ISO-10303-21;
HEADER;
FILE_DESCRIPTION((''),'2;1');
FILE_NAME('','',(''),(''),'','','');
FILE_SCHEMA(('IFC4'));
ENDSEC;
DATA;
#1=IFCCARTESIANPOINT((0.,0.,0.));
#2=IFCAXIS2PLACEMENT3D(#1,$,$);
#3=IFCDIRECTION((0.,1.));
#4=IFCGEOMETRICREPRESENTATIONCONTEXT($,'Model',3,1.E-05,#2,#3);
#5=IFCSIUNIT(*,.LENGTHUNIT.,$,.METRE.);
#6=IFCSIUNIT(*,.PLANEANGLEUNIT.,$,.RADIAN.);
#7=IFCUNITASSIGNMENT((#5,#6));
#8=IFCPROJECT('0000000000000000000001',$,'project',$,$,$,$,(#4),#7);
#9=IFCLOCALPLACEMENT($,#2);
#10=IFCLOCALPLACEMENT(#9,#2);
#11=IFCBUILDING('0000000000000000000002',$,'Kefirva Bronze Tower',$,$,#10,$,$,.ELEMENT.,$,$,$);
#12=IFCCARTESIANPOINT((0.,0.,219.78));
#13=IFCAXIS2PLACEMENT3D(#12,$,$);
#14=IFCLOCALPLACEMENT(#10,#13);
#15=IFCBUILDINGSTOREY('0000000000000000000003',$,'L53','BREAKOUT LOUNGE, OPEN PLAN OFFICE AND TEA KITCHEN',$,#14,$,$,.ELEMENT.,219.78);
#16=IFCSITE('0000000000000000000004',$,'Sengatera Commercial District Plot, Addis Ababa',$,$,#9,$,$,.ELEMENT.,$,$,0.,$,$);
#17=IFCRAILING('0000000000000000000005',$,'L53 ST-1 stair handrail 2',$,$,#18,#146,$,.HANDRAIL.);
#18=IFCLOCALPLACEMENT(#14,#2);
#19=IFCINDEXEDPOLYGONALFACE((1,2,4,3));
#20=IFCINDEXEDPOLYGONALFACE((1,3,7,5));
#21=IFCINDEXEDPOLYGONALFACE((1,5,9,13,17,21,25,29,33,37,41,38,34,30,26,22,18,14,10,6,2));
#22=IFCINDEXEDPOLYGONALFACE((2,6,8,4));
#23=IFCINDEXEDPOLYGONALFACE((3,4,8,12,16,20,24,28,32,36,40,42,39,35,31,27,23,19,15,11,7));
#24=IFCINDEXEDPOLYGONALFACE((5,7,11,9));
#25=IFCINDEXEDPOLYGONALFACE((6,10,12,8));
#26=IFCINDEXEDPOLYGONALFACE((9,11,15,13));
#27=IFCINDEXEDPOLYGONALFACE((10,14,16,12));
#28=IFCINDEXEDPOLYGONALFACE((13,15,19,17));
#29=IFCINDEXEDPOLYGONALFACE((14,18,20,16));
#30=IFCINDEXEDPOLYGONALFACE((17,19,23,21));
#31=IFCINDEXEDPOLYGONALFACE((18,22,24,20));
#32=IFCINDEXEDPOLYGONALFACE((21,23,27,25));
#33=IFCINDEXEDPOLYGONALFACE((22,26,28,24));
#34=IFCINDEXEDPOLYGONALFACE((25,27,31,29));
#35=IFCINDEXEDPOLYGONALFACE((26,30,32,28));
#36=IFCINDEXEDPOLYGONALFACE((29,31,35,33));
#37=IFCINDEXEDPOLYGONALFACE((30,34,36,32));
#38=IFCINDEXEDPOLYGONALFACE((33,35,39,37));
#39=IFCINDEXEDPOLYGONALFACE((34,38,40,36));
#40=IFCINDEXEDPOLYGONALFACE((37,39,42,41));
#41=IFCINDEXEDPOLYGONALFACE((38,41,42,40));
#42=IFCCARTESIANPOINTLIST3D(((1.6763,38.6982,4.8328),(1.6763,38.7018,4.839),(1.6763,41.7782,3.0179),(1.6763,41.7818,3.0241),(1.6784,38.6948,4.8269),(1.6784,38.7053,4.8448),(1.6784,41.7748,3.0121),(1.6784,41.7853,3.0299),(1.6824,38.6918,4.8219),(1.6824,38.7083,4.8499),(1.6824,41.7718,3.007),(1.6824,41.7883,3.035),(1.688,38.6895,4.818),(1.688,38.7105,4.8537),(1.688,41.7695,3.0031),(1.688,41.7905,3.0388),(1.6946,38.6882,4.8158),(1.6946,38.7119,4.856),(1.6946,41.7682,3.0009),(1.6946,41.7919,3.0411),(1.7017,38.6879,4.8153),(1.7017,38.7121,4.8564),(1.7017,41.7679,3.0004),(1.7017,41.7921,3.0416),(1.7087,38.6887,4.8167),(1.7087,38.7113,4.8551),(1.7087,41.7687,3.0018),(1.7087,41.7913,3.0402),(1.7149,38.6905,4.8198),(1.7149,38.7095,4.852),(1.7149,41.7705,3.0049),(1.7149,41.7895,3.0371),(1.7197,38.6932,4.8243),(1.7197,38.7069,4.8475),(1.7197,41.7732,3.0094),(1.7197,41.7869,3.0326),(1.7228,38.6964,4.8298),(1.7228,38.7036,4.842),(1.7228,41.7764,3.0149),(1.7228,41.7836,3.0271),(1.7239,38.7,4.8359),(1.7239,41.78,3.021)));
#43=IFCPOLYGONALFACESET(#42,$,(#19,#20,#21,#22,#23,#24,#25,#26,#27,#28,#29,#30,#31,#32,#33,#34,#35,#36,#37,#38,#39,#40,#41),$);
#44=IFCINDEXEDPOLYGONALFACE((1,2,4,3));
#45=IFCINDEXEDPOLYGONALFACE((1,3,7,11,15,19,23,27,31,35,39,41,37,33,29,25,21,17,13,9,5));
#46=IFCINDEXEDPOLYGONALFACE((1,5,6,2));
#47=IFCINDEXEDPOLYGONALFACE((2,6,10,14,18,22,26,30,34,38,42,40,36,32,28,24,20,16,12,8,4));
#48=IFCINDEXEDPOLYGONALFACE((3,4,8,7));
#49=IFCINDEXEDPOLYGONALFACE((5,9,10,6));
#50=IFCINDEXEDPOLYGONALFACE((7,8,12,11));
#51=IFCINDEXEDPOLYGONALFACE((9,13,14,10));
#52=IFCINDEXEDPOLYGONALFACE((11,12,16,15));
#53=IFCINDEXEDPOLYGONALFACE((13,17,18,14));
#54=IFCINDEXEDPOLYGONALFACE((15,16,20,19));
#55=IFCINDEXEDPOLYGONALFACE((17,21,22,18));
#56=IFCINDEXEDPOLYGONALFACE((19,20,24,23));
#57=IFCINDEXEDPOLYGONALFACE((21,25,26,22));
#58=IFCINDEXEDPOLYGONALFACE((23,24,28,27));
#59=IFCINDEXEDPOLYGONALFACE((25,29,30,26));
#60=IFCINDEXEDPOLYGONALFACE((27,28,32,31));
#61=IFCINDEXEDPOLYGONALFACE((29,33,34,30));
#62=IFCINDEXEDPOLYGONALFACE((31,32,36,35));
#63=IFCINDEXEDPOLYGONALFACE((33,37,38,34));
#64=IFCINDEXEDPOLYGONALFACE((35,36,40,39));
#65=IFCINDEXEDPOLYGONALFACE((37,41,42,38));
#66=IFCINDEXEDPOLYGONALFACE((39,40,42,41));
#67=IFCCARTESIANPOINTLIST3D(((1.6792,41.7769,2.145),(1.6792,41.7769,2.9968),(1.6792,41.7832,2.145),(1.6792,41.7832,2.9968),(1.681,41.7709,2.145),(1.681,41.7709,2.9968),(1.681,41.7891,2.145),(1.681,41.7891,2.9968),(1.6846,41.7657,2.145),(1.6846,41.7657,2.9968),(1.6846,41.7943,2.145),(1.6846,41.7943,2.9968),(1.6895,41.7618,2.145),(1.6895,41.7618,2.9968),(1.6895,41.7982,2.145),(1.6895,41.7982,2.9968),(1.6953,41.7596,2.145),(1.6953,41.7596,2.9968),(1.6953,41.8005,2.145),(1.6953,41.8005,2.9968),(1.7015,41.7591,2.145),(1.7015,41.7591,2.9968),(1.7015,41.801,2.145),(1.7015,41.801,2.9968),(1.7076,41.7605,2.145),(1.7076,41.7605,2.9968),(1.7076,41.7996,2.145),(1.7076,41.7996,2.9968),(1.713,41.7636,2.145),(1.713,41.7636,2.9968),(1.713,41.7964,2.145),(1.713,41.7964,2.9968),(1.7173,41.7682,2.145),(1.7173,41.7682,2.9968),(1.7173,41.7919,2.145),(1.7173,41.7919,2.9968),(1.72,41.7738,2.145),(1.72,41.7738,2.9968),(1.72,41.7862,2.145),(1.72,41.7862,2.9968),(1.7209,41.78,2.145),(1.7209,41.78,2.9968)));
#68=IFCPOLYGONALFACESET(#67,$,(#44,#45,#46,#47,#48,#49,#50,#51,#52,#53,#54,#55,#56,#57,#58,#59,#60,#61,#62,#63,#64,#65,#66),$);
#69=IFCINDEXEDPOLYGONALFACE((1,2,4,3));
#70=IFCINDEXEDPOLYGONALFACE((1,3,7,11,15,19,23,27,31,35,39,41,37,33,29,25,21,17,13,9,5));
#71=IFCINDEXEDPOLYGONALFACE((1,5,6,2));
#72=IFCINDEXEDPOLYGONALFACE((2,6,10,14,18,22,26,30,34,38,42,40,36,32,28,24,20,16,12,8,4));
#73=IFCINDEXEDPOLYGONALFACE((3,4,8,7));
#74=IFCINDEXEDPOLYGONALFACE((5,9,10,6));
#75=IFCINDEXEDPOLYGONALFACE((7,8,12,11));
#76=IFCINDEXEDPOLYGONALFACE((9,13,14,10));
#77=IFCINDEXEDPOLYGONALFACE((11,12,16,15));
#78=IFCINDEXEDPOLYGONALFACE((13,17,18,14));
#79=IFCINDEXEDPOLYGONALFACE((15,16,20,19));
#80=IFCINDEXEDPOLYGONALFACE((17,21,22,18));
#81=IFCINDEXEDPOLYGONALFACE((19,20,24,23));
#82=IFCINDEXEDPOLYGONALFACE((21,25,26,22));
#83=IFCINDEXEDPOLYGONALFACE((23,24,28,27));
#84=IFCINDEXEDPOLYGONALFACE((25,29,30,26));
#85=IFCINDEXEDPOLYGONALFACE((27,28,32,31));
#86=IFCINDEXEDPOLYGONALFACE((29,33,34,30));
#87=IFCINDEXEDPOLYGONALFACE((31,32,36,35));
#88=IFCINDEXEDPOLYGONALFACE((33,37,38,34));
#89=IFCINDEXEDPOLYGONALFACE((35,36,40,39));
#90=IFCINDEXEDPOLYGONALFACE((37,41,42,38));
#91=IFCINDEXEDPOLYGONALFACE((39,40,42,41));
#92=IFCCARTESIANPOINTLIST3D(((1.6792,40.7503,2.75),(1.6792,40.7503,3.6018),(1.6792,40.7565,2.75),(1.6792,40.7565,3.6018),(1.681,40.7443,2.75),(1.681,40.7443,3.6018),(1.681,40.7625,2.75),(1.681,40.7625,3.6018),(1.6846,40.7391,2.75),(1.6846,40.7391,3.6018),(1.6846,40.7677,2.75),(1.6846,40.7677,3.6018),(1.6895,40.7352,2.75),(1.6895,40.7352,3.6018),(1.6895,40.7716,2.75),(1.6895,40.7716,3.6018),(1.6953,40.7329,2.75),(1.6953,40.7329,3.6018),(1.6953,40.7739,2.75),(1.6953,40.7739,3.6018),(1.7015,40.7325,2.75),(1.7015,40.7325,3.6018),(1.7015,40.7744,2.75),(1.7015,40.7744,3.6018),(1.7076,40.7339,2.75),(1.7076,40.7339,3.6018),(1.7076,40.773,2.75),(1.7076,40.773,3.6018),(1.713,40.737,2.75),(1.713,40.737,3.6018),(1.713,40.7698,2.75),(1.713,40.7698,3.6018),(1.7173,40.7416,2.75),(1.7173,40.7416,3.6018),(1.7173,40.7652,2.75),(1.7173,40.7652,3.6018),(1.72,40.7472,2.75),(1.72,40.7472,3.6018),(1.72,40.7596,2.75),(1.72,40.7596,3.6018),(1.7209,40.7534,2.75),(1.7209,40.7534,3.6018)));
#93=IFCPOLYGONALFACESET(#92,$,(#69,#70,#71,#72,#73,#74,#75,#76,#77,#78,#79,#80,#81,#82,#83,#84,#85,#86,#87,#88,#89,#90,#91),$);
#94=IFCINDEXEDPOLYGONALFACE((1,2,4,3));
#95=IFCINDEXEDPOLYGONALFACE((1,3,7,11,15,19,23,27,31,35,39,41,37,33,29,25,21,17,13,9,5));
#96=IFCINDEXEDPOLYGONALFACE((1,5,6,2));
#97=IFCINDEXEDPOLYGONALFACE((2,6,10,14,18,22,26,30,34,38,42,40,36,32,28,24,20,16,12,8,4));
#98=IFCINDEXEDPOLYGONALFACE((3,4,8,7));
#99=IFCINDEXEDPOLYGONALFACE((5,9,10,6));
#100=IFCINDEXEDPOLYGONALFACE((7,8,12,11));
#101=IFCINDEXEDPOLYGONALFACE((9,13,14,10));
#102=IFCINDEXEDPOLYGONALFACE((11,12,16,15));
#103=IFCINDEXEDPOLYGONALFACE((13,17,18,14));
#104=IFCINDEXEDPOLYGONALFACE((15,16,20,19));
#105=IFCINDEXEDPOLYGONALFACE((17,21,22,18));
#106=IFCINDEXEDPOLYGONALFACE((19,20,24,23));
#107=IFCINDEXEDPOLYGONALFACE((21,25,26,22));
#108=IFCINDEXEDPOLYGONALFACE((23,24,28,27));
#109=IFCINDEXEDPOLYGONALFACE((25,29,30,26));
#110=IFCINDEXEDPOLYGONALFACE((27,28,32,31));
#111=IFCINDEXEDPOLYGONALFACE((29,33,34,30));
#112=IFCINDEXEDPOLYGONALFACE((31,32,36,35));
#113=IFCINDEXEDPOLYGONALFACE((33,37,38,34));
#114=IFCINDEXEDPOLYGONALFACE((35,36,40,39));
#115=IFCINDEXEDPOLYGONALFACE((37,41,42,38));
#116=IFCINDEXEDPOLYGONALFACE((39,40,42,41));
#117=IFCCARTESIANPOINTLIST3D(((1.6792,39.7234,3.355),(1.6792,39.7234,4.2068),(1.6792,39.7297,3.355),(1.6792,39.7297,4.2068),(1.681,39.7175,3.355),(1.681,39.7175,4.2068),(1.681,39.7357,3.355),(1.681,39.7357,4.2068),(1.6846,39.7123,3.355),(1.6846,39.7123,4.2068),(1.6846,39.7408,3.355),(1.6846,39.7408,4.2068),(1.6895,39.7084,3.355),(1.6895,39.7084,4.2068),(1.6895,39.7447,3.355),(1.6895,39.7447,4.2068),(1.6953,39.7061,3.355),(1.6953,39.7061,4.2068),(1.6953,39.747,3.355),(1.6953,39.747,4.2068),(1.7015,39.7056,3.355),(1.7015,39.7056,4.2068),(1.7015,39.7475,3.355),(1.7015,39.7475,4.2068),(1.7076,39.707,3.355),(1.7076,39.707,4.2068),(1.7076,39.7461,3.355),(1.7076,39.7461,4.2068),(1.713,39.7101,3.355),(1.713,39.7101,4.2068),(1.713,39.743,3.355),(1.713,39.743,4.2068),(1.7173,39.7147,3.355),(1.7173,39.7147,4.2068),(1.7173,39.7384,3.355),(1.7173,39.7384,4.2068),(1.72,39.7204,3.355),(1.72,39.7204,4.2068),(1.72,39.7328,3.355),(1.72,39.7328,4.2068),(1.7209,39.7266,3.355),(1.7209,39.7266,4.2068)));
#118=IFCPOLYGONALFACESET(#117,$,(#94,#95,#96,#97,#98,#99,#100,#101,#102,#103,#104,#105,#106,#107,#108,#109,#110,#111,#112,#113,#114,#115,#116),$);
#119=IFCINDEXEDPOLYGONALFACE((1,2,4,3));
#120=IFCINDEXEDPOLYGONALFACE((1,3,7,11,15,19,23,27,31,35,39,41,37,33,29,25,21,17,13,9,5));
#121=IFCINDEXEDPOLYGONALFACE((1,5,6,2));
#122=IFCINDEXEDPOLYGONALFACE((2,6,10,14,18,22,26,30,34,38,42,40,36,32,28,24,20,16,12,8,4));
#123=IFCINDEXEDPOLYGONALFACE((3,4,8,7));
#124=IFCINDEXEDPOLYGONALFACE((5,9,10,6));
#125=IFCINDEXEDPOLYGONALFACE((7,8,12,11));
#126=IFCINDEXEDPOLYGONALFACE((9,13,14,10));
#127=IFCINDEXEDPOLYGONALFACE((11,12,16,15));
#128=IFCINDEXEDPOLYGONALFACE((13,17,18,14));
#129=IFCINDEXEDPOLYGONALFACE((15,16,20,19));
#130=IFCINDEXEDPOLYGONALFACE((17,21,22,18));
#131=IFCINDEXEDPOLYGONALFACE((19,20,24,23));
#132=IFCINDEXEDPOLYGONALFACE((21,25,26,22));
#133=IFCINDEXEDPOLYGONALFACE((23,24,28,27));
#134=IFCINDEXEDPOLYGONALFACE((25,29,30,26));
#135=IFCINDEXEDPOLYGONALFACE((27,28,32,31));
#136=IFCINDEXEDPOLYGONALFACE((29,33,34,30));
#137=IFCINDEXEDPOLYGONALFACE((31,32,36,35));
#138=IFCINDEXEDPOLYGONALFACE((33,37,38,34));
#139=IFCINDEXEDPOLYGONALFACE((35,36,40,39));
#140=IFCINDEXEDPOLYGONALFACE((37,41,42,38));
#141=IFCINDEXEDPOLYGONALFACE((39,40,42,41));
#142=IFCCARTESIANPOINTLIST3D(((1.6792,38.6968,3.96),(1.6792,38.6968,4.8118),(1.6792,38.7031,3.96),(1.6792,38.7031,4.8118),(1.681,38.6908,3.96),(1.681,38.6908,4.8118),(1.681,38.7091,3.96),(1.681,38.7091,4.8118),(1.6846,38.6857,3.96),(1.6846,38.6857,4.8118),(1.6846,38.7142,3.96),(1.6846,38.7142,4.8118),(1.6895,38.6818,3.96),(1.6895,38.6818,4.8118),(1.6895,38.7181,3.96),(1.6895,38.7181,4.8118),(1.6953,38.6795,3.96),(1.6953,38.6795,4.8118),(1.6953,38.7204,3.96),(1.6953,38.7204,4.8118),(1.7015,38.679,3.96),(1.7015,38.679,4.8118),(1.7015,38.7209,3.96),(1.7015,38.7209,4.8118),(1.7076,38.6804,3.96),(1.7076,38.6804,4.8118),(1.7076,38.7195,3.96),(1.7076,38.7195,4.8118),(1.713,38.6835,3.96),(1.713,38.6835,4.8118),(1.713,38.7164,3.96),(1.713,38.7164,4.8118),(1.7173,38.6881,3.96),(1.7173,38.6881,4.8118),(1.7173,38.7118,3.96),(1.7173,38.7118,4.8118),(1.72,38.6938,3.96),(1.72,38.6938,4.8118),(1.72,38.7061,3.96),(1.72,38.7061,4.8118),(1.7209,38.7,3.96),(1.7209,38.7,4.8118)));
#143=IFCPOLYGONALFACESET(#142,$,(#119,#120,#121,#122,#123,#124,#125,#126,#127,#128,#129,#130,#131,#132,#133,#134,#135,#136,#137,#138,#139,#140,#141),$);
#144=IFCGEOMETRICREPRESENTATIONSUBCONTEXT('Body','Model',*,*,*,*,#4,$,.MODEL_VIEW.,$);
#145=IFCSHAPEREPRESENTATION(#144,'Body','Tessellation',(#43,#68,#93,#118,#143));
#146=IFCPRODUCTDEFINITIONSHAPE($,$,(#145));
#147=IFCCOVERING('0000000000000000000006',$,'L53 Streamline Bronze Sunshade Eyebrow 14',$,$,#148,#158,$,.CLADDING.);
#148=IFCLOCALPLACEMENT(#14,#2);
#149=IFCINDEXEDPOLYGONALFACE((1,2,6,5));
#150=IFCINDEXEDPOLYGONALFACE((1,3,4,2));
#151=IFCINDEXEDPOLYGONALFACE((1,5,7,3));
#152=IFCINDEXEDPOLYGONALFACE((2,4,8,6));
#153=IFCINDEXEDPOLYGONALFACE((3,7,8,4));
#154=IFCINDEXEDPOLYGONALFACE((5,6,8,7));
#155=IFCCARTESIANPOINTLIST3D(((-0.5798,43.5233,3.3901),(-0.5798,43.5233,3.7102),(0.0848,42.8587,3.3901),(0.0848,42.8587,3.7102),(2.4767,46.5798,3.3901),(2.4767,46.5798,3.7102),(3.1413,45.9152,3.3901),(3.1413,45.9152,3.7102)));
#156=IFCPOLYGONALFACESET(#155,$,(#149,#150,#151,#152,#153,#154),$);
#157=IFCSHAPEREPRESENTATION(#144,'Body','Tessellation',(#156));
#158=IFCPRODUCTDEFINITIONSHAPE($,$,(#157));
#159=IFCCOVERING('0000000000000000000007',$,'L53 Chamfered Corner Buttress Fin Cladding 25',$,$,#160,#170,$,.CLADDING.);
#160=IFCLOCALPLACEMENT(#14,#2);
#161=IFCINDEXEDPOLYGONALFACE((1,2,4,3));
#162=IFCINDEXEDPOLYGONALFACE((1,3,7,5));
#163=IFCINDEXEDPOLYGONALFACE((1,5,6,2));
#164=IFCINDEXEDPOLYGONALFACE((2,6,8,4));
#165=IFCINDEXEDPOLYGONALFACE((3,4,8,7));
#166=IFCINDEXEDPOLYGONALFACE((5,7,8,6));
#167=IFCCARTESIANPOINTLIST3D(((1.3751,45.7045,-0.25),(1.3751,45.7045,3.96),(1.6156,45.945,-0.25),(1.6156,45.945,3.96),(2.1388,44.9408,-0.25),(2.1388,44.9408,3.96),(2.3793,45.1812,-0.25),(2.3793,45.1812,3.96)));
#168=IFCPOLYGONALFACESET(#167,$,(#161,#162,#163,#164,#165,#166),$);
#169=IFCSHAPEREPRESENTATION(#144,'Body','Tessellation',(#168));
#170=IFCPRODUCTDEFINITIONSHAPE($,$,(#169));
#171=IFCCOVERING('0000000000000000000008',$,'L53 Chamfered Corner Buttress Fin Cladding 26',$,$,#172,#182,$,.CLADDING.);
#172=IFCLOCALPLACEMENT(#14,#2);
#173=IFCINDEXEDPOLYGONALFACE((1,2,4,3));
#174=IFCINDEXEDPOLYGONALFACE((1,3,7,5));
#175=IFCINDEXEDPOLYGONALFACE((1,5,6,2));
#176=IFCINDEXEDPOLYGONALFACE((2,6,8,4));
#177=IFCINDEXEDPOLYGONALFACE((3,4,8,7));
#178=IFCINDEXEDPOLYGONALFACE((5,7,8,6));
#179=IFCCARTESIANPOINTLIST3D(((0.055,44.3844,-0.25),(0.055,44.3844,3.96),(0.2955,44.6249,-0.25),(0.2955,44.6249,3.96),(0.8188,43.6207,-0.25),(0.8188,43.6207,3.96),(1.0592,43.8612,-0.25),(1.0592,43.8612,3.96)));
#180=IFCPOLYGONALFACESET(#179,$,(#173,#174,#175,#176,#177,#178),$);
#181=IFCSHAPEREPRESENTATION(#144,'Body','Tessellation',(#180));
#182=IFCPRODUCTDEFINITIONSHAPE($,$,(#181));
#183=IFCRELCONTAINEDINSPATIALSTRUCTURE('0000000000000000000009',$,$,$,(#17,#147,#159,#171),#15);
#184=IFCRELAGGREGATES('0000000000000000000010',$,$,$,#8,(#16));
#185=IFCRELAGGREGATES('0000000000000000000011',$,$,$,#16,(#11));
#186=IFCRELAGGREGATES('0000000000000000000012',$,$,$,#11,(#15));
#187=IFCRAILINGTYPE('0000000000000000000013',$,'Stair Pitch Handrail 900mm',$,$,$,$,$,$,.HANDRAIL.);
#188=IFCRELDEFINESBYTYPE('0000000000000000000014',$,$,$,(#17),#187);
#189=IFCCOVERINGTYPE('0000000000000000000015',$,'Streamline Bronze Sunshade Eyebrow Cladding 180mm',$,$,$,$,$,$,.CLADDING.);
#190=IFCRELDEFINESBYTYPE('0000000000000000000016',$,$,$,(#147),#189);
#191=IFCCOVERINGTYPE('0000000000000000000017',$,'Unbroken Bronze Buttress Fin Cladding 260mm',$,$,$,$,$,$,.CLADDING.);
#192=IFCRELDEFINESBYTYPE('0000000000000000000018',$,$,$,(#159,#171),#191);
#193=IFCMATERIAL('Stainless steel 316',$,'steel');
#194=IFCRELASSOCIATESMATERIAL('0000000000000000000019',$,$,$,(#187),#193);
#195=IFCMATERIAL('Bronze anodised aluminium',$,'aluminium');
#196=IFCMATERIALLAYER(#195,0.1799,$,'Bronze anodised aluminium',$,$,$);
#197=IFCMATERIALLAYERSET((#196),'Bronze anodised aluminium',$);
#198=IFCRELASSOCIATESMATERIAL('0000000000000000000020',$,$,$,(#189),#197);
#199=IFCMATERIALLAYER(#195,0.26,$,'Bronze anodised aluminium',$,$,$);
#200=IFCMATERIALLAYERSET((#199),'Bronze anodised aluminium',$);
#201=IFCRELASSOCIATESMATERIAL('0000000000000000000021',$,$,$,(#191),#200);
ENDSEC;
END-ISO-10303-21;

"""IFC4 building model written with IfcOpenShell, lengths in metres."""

from ifc_helpers import new_model, si_unit, direction, frame, origin, origin_2d, place, context, subcontext, project, spatial, rectangle, circle, extrude, material, layer, layer_set, type_object, element, save


model = new_model("IFC4")

# Units and contexts
model_context = context("Model", 3, precision=1e-05, world=origin(), true_north=direction((0.0, 1.0)))
body_context = subcontext(model_context, "Body", "Model", "MODEL_VIEW")
ifc_project = project(units=[si_unit("LENGTHUNIT", "METRE"), si_unit("PLANEANGLEUNIT", "RADIAN")], contexts=[model_context])

# Site, building, storey
site_placement = place(None, origin())
site = spatial("IfcSite", under=ifc_project, at=site_placement, Name="Sengatera Commercial District Plot, Addis Ababa", CompositionType="ELEMENT", RefElevation=0.0)
building_placement = place(site_placement, origin())
building = spatial("IfcBuilding", under=site, at=building_placement, Name="Kefirva Bronze Tower", CompositionType="ELEMENT")
storey_placement = place(building_placement, frame((0.0, 0.0, 219.78)))
storey = spatial("IfcBuildingStorey", under=building, at=storey_placement, Name="L53", Description="BREAKOUT LOUNGE, OPEN PLAN OFFICE AND TEA KITCHEN", CompositionType="ELEMENT", Elevation=219.78)

# Shared definitions
ifc_material_1 = material(Name="Bronze anodised aluminium", Category="aluminium")

# Railing
ifc_material_2 = material(Name="Stainless steel 316", Category="steel")
railing_type_1 = type_object("IfcRailingType", Name="Stair Pitch Handrail 900mm", PredefinedType="HANDRAIL", material=ifc_material_2)
railing_1_placement = place(storey_placement, frame((1.7, 41.78, 2.145)))
element("IfcRailing", 1, at=railing_1_placement, inside=storey, type_object=railing_type_1, Name="L53 ST-1 stair handrail 2", PredefinedType="HANDRAIL", context=body_context, shape_type="SweptSolid", body=[
    extrude(circle(Radius=0.0239, at=origin_2d()), frame((0.0, 0.0, 0.876), z_axis=(0.0, -0.861551, 0.507671), x_axis=(1.0, 0.0, 0.0)), (0.0, 0.0, 1.0), 3.575),
    extrude(circle(Radius=0.021, at=origin_2d()), origin(), (0.0, 0.0, 1.0), 0.8518),
    extrude(circle(Radius=0.021, at=origin_2d()), frame((0.0, -1.0266, 0.605)), (0.0, 0.0, 1.0), 0.8518),
    extrude(circle(Radius=0.021, at=origin_2d()), frame((0.0, -2.0535, 1.21)), (0.0, 0.0, 1.0), 0.8518),
    extrude(circle(Radius=0.021, at=origin_2d()), frame((0.0, -3.0801, 1.8149)), (0.0, 0.0, 1.0), 0.8518),
])

# Coverings
ifc_layer_1 = layer(ifc_material_1, 0.1799, Name="Bronze anodised aluminium")
ifc_layer_set_1 = layer_set([ifc_layer_1], Name="Bronze anodised aluminium")
covering_type_1 = type_object("IfcCoveringType", Name="Streamline Bronze Sunshade Eyebrow Cladding 180mm", PredefinedType="CLADDING", material=ifc_layer_set_1)
covering_1_placement = place(storey_placement, frame((1.2808, 44.7192, 3.3901), z_axis=(0.0, 0.0, 1.0), x_axis=(-0.707107, -0.707107, 0.0)))
element("IfcCovering", 2, at=covering_1_placement, inside=storey, type_object=covering_type_1, Name="L53 Streamline Bronze Sunshade Eyebrow 14", PredefinedType="CLADDING", context=body_context, shape_type="SweptSolid", body=[
    extrude(rectangle(XDim=4.3225, YDim=0.9399, at=origin_2d()), origin(), (0.0, 0.0, 1.0), 0.3201),
])
ifc_layer_2 = layer(ifc_material_1, 0.26, Name="Bronze anodised aluminium")
ifc_layer_set_2 = layer_set([ifc_layer_2], Name="Bronze anodised aluminium")
covering_type_2 = type_object("IfcCoveringType", Name="Unbroken Bronze Buttress Fin Cladding 260mm", PredefinedType="CLADDING", material=ifc_layer_set_2)
for number, where, z_axis, x_axis, name in (
    (3, (1.8772, 45.4429, -0.25), (0.0, 0.0, 1.0), (-0.707107, -0.707107, 0.0), "L53 Chamfered Corner Buttress Fin Cladding 25"),
    (4, (0.5571, 44.1228, -0.25), (0.0, 0.0, 1.0), (-0.707107, -0.707107, 0.0), "L53 Chamfered Corner Buttress Fin Cladding 26"),
):
    element("IfcCovering", number, at=place(storey_placement, frame(where, z_axis=z_axis, x_axis=x_axis)), inside=storey, type_object=covering_type_2, Name=name, PredefinedType="CLADDING", context=body_context, shape_type="SweptSolid", body=[
        extrude(rectangle(XDim=0.3401, YDim=1.0801, at=origin_2d()), origin(), (0.0, 0.0, 1.0), 4.21),
    ])

save(model, "model.ifc")
